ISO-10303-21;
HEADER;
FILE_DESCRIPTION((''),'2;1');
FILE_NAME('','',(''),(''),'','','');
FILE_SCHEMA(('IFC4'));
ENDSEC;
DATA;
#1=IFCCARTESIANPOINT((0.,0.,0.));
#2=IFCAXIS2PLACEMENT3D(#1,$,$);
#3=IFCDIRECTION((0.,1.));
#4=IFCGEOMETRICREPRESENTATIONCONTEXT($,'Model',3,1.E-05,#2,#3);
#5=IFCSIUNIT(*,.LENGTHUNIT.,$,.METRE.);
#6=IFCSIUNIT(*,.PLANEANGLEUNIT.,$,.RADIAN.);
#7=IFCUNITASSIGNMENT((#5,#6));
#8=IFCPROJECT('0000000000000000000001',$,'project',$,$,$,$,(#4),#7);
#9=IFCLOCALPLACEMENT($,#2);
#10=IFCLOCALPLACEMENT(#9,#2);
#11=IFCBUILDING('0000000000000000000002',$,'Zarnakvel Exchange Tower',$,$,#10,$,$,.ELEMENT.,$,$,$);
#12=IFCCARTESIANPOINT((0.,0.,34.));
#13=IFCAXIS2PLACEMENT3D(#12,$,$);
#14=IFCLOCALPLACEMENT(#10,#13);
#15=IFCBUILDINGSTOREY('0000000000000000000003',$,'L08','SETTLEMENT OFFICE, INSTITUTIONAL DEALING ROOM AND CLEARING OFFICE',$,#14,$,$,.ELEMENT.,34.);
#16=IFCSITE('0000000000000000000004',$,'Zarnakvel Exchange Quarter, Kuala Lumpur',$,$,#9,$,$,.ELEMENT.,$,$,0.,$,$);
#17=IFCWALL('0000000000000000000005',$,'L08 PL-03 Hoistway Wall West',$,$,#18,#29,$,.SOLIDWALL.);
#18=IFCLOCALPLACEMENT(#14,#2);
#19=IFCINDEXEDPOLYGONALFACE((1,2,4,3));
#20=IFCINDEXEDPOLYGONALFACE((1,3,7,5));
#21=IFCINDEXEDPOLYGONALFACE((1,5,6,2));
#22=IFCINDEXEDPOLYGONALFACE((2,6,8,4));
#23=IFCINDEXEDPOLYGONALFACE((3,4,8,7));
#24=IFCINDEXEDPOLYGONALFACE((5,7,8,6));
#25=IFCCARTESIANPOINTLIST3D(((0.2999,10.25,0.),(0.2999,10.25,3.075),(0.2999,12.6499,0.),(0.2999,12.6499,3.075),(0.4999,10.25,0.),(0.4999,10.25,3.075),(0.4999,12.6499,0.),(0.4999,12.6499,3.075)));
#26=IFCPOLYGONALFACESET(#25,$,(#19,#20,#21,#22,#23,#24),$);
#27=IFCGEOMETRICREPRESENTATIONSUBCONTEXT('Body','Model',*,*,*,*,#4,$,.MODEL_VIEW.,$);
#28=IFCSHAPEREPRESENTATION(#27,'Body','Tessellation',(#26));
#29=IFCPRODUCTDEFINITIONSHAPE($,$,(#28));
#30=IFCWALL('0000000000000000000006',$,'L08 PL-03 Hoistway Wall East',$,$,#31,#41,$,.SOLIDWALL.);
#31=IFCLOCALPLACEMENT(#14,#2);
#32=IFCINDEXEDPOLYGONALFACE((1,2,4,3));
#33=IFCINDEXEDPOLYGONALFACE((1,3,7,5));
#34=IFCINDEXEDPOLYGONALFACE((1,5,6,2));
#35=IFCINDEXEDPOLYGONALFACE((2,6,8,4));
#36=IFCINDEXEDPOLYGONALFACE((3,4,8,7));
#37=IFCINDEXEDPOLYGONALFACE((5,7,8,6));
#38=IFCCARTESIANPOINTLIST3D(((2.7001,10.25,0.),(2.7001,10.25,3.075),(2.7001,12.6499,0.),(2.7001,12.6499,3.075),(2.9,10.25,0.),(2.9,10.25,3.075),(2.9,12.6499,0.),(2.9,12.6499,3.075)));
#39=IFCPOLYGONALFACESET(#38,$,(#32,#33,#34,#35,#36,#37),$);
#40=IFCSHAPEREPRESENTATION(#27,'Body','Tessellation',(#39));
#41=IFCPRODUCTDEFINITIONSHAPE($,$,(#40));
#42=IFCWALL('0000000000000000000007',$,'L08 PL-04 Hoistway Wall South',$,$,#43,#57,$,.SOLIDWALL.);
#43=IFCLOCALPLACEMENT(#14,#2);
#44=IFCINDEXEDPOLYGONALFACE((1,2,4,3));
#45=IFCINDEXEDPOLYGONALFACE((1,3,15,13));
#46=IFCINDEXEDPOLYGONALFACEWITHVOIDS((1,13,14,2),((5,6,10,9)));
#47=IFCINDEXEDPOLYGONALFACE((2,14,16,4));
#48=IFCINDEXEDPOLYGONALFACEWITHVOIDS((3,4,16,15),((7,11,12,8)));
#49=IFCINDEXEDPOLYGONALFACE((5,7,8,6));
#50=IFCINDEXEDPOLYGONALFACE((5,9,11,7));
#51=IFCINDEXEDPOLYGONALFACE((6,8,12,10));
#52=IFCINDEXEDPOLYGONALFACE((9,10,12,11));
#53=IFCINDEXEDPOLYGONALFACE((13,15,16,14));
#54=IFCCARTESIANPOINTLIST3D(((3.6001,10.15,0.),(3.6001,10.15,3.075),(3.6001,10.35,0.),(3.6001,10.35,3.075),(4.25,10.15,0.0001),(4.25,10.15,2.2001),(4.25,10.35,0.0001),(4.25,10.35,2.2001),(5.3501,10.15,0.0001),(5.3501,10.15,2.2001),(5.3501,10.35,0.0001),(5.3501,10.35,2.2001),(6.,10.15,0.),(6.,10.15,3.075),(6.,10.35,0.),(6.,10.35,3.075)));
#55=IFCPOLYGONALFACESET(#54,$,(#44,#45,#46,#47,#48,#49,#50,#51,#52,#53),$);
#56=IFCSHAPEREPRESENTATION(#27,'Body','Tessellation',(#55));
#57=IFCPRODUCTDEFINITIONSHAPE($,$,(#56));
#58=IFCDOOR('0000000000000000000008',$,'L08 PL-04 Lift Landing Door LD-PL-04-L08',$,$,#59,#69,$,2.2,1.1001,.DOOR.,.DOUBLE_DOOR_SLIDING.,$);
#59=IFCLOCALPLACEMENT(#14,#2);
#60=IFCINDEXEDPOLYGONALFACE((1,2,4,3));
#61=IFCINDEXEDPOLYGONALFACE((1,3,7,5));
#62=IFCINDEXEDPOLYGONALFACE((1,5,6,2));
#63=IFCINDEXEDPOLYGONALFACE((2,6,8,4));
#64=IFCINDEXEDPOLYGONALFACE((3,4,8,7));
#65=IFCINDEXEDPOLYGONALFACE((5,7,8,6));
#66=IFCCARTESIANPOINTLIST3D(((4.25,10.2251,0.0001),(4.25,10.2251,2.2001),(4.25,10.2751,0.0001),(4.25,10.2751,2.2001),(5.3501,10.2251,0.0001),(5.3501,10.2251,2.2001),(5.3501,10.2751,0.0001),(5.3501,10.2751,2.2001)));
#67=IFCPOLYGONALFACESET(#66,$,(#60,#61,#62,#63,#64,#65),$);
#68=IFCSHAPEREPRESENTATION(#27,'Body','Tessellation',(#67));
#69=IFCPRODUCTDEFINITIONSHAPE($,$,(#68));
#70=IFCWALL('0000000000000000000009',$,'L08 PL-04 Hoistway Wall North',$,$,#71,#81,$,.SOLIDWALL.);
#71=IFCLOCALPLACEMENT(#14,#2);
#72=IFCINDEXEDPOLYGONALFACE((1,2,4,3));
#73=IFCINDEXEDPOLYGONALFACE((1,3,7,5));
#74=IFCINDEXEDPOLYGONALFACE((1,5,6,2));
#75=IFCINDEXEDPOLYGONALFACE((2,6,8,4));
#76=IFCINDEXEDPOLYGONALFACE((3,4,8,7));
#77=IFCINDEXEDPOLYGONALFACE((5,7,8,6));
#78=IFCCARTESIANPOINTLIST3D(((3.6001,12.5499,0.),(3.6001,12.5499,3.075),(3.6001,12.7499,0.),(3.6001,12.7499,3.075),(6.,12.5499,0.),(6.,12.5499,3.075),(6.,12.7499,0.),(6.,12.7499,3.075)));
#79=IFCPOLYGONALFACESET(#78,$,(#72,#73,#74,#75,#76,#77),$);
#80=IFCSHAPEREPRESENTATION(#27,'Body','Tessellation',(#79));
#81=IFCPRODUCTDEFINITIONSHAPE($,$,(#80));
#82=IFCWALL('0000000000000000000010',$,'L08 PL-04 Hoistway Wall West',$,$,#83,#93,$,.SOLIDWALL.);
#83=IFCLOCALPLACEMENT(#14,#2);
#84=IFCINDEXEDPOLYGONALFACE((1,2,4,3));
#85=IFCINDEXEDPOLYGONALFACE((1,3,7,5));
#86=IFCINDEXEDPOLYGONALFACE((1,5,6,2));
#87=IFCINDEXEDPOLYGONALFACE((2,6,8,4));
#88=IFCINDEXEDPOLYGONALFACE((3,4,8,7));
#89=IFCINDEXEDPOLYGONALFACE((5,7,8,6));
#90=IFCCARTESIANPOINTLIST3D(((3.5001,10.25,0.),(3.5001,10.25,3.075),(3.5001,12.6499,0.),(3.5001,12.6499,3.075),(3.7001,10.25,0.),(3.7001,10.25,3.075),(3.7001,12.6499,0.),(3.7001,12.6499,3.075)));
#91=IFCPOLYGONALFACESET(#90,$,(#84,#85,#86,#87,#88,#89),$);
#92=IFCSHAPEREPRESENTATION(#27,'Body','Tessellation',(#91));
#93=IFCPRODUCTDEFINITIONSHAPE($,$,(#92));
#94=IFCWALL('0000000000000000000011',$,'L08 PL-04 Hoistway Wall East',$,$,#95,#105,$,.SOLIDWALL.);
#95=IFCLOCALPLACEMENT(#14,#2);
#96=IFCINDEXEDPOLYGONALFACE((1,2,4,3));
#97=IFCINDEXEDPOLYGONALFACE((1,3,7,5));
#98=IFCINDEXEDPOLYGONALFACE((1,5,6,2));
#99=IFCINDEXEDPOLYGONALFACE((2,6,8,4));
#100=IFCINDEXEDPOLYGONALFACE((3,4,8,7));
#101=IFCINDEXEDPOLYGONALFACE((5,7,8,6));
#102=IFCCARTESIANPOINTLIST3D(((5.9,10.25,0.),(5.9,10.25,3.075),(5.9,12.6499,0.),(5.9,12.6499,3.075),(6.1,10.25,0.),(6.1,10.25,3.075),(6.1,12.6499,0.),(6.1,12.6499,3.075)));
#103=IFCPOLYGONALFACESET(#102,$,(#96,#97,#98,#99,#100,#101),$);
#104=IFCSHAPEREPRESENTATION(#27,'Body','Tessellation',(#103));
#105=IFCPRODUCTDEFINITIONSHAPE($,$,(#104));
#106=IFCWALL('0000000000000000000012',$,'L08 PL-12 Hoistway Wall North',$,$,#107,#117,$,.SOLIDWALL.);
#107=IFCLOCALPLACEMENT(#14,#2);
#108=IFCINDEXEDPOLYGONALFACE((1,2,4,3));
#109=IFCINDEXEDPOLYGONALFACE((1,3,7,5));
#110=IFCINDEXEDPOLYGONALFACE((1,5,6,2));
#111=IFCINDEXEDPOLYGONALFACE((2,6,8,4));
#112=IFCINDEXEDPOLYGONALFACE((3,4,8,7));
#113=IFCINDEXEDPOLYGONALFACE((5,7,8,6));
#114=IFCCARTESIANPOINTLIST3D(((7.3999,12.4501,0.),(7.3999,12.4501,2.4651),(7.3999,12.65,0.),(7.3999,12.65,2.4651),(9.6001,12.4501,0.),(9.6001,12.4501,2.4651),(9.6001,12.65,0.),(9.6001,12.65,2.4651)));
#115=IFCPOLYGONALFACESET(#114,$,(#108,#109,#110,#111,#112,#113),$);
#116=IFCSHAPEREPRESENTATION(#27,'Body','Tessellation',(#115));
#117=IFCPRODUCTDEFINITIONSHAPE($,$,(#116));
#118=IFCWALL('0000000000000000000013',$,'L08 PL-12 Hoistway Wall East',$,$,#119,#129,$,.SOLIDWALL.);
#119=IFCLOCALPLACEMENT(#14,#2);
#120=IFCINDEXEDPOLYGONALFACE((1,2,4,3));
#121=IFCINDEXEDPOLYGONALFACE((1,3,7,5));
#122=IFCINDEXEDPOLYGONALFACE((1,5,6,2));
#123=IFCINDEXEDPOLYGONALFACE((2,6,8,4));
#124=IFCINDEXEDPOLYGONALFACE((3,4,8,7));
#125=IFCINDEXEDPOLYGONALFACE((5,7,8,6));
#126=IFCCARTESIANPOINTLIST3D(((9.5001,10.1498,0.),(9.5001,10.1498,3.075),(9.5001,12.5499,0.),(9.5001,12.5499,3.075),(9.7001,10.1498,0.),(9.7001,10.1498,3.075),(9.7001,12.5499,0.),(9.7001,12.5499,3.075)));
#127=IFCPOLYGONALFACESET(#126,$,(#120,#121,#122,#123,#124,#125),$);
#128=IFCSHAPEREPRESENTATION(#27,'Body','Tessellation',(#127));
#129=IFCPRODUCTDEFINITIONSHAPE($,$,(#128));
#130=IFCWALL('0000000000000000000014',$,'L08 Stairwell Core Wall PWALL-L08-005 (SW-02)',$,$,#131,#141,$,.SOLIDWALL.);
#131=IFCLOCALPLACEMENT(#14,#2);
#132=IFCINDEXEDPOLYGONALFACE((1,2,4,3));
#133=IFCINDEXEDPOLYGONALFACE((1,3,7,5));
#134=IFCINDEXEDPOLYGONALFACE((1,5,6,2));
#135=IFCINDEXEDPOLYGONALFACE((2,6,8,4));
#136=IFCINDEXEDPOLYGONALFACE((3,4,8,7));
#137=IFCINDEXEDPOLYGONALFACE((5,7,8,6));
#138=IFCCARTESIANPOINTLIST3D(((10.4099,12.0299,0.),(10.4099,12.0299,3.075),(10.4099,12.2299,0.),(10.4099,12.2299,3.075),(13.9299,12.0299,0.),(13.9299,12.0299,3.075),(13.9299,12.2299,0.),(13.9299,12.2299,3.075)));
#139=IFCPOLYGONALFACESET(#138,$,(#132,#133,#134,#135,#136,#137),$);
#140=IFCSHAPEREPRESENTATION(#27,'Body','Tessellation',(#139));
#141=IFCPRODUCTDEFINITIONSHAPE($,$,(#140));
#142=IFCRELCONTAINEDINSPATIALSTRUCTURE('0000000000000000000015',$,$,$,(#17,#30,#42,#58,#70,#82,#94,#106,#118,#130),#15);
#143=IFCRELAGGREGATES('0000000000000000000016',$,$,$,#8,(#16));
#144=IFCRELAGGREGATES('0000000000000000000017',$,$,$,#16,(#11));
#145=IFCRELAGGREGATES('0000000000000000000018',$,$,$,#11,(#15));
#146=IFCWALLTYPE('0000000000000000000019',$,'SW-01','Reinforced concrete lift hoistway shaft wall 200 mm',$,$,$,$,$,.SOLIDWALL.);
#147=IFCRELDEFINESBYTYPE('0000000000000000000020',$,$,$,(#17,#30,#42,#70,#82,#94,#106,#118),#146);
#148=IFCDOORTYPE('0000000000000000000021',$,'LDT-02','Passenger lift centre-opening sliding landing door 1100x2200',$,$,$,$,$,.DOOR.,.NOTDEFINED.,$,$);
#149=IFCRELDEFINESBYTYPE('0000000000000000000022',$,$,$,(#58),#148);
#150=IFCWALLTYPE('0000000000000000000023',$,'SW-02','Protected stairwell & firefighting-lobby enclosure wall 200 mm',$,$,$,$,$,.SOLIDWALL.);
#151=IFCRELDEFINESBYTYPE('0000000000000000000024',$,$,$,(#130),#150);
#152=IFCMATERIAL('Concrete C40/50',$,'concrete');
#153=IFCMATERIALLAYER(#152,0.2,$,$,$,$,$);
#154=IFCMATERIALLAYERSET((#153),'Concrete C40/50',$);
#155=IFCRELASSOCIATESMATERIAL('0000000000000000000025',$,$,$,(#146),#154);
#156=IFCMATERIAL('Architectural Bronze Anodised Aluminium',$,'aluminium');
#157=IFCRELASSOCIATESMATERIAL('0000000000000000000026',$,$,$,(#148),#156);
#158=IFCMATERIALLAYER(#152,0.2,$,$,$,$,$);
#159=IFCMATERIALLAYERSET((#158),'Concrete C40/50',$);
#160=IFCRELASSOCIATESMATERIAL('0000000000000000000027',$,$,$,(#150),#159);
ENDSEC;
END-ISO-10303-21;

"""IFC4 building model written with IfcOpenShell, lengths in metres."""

from ifc_helpers import new_model, si_unit, direction, frame, frame_2d, origin, place, context, subcontext, project, spatial, rectangle, extrude, source, transform, mapped, material, layer, layer_set, type_object, element, fill, save


model = new_model("IFC4")

# Units and contexts
model_context = context("Model", 3, precision=1e-05, world=origin(), true_north=direction((0.0, 1.0)))
body_context = subcontext(model_context, "Body", "Model", "MODEL_VIEW")
ifc_project = project(units=[si_unit("LENGTHUNIT", "METRE"), si_unit("PLANEANGLEUNIT", "RADIAN")], contexts=[model_context])

# Site, building, storey
site_placement = place(None, origin())
site = spatial("IfcSite", under=ifc_project, at=site_placement, Name="Zarnakvel Exchange Quarter, Kuala Lumpur", CompositionType="ELEMENT", RefElevation=0.0)
building_placement = place(site_placement, origin())
building = spatial("IfcBuilding", under=site, at=building_placement, Name="Zarnakvel Exchange Tower", CompositionType="ELEMENT")
storey_placement = place(building_placement, frame((0.0, 0.0, 34.0)))
storey = spatial("IfcBuildingStorey", under=building, at=storey_placement, Name="L08", Description="SETTLEMENT OFFICE, INSTITUTIONAL DEALING ROOM AND CLEARING OFFICE", CompositionType="ELEMENT", Elevation=34.0)

# Shared definitions
ifc_material_1 = material(Name="Architectural Bronze Anodised Aluminium", Category="aluminium")

# Shared definitions
ifc_material_2 = material(Name="Concrete C40/50", Category="concrete")
ifc_layer_1 = layer(ifc_material_2, 0.2)
ifc_layer_set_1 = layer_set([ifc_layer_1], Name="Concrete C40/50")
wall_type_1 = type_object("IfcWallType", Name="SW-01", Description="Reinforced concrete lift hoistway shaft wall 200 mm", PredefinedType="SOLIDWALL", material=ifc_layer_set_1)
door_type = type_object("IfcDoorType", Name="LDT-02", Description="Passenger lift centre-opening sliding landing door 1100x2200", OperationType="NOTDEFINED", PredefinedType="DOOR", material=ifc_material_1)
shared_shape_1 = source(origin(), body_context, "Body", "SweptSolid", [
    extrude(rectangle(XDim=1.1001, YDim=2.2, at=frame_2d((0.55, 1.1001))), frame((0.0, 0.0249, 0.0), z_axis=(0.0, -1.0, 0.0), x_axis=(1.0, 0.0, 0.0)), (0.0, 0.0, 1.0), 0.05),
])

# Walls
for number, where, z_axis, x_axis, name in (
    (1, (0.3999, 10.25, 0.0), (0.0, 0.0, 1.0), (0.0, 1.0, 0.0), "L08 PL-03 Hoistway Wall West"),
    (2, (2.8, 12.6499, 0.0), (0.0, 0.0, 1.0), (0.0, -1.0, 0.0), "L08 PL-03 Hoistway Wall East"),
):
    element("IfcWall", number, at=place(storey_placement, frame(where, z_axis=z_axis, x_axis=x_axis)), inside=storey, type_object=wall_type_1, Name=name, PredefinedType="SOLIDWALL", context=body_context, shape_type="SweptSolid", body=[
        extrude(rectangle(XDim=2.3999, YDim=0.2, at=frame_2d((1.2, 0.0))), origin(), (0.0, 0.0, 1.0), 3.075),
    ])

# Wall, opening, door
wall_1_placement = place(storey_placement, frame((6.0, 10.25, 0.0), z_axis=(0.0, 0.0, 1.0), x_axis=(-1.0, 0.0, 0.0)))
wall_1 = element("IfcWall", 3, at=wall_1_placement, inside=storey, type_object=wall_type_1, Name="L08 PL-04 Hoistway Wall South", PredefinedType="SOLIDWALL", context=body_context, shape_type="SweptSolid", body=[
    extrude(rectangle(XDim=2.3999, YDim=0.2, at=frame_2d((1.2, 0.0))), origin(), (0.0, 0.0, 1.0), 3.075),
])
opening_1_placement = place(wall_1_placement, frame((0.6499, 0.0, 0.0)))
opening_1 = element("IfcOpeningElement", 4, at=opening_1_placement, cuts=wall_1, PredefinedType="OPENING", context=body_context, shape_type="SweptSolid", body=[
    extrude(rectangle(XDim=1.1001, YDim=2.2, at=frame_2d((0.55, 1.1001))), frame((0.0, 0.1099, 0.0), z_axis=(0.0, -1.0, 0.0), x_axis=(1.0, 0.0, 0.0)), (0.0, 0.0, 1.0), 0.22),
])
door_1_placement = place(opening_1_placement, origin())
door_1 = element("IfcDoor", 5, at=door_1_placement, inside=storey, type_object=door_type, Name="L08 PL-04 Lift Landing Door LD-PL-04-L08", OperationType="DOUBLE_DOOR_SLIDING", OverallHeight=2.2, OverallWidth=1.1001, PredefinedType="DOOR", context=body_context, shape_type="MappedRepresentation", body=[
    mapped(shared_shape_1, transform((0.0, 0.0, 0.0), x_axis=(1.0, 0.0, 0.0), y_axis=(0.0, 1.0, 0.0), z_axis=(0.0, 0.0, 1.0), scale=1.0)),
])
fill(opening_1, door_1)

# Walls
for number, where, z_axis, x_axis, name in (
    (6, (3.6001, 12.6499, 0.0), (0.0, 0.0, 1.0), (1.0, 0.0, 0.0), "L08 PL-04 Hoistway Wall North"),
    (7, (3.6001, 10.25, 0.0), (0.0, 0.0, 1.0), (0.0, 1.0, 0.0), "L08 PL-04 Hoistway Wall West"),
    (8, (6.0, 12.6499, 0.0), (0.0, 0.0, 1.0), (0.0, -1.0, 0.0), "L08 PL-04 Hoistway Wall East"),
):
    element("IfcWall", number, at=place(storey_placement, frame(where, z_axis=z_axis, x_axis=x_axis)), inside=storey, type_object=wall_type_1, Name=name, PredefinedType="SOLIDWALL", context=body_context, shape_type="SweptSolid", body=[
        extrude(rectangle(XDim=2.3999, YDim=0.2, at=frame_2d((1.2, 0.0))), origin(), (0.0, 0.0, 1.0), 3.075),
    ])
wall_2_placement = place(storey_placement, frame((7.3999, 12.55, 0.0), z_axis=(0.0, 0.0, 1.0), x_axis=(1.0, 0.0, 0.0)))
element("IfcWall", 9, at=wall_2_placement, inside=storey, type_object=wall_type_1, Name="L08 PL-12 Hoistway Wall North", PredefinedType="SOLIDWALL", context=body_context, shape_type="SweptSolid", body=[
    extrude(rectangle(XDim=2.2002, YDim=0.2, at=frame_2d((1.1001, 0.0))), origin(), (0.0, 0.0, 1.0), 2.4651),
])
wall_3_placement = place(storey_placement, frame((9.6001, 12.55, 0.0), z_axis=(0.0, 0.0, 1.0), x_axis=(0.0, -1.0, 0.0)))
element("IfcWall", 10, at=wall_3_placement, inside=storey, type_object=wall_type_1, Name="L08 PL-12 Hoistway Wall East", PredefinedType="SOLIDWALL", context=body_context, shape_type="SweptSolid", body=[
    extrude(rectangle(XDim=2.4001, YDim=0.2, at=frame_2d((1.2002, 0.0))), origin(), (0.0, 0.0, 1.0), 3.075),
])
ifc_layer_2 = layer(ifc_material_2, 0.2)
ifc_layer_set_2 = layer_set([ifc_layer_2], Name="Concrete C40/50")
wall_type_2 = type_object("IfcWallType", Name="SW-02", Description="Protected stairwell & firefighting-lobby enclosure wall 200 mm", PredefinedType="SOLIDWALL", material=ifc_layer_set_2)
wall_4_placement = place(storey_placement, frame((10.4099, 12.1299, 0.0), z_axis=(0.0, 0.0, 1.0), x_axis=(1.0, 0.0, 0.0)))
element("IfcWall", 11, at=wall_4_placement, inside=storey, type_object=wall_type_2, Name="L08 Stairwell Core Wall PWALL-L08-005 (SW-02)", PredefinedType="SOLIDWALL", context=body_context, shape_type="SweptSolid", body=[
    extrude(rectangle(XDim=3.52, YDim=0.2, at=frame_2d((1.76, 0.0))), origin(), (0.0, 0.0, 1.0), 3.075),
])

save(model, "model.ifc")
